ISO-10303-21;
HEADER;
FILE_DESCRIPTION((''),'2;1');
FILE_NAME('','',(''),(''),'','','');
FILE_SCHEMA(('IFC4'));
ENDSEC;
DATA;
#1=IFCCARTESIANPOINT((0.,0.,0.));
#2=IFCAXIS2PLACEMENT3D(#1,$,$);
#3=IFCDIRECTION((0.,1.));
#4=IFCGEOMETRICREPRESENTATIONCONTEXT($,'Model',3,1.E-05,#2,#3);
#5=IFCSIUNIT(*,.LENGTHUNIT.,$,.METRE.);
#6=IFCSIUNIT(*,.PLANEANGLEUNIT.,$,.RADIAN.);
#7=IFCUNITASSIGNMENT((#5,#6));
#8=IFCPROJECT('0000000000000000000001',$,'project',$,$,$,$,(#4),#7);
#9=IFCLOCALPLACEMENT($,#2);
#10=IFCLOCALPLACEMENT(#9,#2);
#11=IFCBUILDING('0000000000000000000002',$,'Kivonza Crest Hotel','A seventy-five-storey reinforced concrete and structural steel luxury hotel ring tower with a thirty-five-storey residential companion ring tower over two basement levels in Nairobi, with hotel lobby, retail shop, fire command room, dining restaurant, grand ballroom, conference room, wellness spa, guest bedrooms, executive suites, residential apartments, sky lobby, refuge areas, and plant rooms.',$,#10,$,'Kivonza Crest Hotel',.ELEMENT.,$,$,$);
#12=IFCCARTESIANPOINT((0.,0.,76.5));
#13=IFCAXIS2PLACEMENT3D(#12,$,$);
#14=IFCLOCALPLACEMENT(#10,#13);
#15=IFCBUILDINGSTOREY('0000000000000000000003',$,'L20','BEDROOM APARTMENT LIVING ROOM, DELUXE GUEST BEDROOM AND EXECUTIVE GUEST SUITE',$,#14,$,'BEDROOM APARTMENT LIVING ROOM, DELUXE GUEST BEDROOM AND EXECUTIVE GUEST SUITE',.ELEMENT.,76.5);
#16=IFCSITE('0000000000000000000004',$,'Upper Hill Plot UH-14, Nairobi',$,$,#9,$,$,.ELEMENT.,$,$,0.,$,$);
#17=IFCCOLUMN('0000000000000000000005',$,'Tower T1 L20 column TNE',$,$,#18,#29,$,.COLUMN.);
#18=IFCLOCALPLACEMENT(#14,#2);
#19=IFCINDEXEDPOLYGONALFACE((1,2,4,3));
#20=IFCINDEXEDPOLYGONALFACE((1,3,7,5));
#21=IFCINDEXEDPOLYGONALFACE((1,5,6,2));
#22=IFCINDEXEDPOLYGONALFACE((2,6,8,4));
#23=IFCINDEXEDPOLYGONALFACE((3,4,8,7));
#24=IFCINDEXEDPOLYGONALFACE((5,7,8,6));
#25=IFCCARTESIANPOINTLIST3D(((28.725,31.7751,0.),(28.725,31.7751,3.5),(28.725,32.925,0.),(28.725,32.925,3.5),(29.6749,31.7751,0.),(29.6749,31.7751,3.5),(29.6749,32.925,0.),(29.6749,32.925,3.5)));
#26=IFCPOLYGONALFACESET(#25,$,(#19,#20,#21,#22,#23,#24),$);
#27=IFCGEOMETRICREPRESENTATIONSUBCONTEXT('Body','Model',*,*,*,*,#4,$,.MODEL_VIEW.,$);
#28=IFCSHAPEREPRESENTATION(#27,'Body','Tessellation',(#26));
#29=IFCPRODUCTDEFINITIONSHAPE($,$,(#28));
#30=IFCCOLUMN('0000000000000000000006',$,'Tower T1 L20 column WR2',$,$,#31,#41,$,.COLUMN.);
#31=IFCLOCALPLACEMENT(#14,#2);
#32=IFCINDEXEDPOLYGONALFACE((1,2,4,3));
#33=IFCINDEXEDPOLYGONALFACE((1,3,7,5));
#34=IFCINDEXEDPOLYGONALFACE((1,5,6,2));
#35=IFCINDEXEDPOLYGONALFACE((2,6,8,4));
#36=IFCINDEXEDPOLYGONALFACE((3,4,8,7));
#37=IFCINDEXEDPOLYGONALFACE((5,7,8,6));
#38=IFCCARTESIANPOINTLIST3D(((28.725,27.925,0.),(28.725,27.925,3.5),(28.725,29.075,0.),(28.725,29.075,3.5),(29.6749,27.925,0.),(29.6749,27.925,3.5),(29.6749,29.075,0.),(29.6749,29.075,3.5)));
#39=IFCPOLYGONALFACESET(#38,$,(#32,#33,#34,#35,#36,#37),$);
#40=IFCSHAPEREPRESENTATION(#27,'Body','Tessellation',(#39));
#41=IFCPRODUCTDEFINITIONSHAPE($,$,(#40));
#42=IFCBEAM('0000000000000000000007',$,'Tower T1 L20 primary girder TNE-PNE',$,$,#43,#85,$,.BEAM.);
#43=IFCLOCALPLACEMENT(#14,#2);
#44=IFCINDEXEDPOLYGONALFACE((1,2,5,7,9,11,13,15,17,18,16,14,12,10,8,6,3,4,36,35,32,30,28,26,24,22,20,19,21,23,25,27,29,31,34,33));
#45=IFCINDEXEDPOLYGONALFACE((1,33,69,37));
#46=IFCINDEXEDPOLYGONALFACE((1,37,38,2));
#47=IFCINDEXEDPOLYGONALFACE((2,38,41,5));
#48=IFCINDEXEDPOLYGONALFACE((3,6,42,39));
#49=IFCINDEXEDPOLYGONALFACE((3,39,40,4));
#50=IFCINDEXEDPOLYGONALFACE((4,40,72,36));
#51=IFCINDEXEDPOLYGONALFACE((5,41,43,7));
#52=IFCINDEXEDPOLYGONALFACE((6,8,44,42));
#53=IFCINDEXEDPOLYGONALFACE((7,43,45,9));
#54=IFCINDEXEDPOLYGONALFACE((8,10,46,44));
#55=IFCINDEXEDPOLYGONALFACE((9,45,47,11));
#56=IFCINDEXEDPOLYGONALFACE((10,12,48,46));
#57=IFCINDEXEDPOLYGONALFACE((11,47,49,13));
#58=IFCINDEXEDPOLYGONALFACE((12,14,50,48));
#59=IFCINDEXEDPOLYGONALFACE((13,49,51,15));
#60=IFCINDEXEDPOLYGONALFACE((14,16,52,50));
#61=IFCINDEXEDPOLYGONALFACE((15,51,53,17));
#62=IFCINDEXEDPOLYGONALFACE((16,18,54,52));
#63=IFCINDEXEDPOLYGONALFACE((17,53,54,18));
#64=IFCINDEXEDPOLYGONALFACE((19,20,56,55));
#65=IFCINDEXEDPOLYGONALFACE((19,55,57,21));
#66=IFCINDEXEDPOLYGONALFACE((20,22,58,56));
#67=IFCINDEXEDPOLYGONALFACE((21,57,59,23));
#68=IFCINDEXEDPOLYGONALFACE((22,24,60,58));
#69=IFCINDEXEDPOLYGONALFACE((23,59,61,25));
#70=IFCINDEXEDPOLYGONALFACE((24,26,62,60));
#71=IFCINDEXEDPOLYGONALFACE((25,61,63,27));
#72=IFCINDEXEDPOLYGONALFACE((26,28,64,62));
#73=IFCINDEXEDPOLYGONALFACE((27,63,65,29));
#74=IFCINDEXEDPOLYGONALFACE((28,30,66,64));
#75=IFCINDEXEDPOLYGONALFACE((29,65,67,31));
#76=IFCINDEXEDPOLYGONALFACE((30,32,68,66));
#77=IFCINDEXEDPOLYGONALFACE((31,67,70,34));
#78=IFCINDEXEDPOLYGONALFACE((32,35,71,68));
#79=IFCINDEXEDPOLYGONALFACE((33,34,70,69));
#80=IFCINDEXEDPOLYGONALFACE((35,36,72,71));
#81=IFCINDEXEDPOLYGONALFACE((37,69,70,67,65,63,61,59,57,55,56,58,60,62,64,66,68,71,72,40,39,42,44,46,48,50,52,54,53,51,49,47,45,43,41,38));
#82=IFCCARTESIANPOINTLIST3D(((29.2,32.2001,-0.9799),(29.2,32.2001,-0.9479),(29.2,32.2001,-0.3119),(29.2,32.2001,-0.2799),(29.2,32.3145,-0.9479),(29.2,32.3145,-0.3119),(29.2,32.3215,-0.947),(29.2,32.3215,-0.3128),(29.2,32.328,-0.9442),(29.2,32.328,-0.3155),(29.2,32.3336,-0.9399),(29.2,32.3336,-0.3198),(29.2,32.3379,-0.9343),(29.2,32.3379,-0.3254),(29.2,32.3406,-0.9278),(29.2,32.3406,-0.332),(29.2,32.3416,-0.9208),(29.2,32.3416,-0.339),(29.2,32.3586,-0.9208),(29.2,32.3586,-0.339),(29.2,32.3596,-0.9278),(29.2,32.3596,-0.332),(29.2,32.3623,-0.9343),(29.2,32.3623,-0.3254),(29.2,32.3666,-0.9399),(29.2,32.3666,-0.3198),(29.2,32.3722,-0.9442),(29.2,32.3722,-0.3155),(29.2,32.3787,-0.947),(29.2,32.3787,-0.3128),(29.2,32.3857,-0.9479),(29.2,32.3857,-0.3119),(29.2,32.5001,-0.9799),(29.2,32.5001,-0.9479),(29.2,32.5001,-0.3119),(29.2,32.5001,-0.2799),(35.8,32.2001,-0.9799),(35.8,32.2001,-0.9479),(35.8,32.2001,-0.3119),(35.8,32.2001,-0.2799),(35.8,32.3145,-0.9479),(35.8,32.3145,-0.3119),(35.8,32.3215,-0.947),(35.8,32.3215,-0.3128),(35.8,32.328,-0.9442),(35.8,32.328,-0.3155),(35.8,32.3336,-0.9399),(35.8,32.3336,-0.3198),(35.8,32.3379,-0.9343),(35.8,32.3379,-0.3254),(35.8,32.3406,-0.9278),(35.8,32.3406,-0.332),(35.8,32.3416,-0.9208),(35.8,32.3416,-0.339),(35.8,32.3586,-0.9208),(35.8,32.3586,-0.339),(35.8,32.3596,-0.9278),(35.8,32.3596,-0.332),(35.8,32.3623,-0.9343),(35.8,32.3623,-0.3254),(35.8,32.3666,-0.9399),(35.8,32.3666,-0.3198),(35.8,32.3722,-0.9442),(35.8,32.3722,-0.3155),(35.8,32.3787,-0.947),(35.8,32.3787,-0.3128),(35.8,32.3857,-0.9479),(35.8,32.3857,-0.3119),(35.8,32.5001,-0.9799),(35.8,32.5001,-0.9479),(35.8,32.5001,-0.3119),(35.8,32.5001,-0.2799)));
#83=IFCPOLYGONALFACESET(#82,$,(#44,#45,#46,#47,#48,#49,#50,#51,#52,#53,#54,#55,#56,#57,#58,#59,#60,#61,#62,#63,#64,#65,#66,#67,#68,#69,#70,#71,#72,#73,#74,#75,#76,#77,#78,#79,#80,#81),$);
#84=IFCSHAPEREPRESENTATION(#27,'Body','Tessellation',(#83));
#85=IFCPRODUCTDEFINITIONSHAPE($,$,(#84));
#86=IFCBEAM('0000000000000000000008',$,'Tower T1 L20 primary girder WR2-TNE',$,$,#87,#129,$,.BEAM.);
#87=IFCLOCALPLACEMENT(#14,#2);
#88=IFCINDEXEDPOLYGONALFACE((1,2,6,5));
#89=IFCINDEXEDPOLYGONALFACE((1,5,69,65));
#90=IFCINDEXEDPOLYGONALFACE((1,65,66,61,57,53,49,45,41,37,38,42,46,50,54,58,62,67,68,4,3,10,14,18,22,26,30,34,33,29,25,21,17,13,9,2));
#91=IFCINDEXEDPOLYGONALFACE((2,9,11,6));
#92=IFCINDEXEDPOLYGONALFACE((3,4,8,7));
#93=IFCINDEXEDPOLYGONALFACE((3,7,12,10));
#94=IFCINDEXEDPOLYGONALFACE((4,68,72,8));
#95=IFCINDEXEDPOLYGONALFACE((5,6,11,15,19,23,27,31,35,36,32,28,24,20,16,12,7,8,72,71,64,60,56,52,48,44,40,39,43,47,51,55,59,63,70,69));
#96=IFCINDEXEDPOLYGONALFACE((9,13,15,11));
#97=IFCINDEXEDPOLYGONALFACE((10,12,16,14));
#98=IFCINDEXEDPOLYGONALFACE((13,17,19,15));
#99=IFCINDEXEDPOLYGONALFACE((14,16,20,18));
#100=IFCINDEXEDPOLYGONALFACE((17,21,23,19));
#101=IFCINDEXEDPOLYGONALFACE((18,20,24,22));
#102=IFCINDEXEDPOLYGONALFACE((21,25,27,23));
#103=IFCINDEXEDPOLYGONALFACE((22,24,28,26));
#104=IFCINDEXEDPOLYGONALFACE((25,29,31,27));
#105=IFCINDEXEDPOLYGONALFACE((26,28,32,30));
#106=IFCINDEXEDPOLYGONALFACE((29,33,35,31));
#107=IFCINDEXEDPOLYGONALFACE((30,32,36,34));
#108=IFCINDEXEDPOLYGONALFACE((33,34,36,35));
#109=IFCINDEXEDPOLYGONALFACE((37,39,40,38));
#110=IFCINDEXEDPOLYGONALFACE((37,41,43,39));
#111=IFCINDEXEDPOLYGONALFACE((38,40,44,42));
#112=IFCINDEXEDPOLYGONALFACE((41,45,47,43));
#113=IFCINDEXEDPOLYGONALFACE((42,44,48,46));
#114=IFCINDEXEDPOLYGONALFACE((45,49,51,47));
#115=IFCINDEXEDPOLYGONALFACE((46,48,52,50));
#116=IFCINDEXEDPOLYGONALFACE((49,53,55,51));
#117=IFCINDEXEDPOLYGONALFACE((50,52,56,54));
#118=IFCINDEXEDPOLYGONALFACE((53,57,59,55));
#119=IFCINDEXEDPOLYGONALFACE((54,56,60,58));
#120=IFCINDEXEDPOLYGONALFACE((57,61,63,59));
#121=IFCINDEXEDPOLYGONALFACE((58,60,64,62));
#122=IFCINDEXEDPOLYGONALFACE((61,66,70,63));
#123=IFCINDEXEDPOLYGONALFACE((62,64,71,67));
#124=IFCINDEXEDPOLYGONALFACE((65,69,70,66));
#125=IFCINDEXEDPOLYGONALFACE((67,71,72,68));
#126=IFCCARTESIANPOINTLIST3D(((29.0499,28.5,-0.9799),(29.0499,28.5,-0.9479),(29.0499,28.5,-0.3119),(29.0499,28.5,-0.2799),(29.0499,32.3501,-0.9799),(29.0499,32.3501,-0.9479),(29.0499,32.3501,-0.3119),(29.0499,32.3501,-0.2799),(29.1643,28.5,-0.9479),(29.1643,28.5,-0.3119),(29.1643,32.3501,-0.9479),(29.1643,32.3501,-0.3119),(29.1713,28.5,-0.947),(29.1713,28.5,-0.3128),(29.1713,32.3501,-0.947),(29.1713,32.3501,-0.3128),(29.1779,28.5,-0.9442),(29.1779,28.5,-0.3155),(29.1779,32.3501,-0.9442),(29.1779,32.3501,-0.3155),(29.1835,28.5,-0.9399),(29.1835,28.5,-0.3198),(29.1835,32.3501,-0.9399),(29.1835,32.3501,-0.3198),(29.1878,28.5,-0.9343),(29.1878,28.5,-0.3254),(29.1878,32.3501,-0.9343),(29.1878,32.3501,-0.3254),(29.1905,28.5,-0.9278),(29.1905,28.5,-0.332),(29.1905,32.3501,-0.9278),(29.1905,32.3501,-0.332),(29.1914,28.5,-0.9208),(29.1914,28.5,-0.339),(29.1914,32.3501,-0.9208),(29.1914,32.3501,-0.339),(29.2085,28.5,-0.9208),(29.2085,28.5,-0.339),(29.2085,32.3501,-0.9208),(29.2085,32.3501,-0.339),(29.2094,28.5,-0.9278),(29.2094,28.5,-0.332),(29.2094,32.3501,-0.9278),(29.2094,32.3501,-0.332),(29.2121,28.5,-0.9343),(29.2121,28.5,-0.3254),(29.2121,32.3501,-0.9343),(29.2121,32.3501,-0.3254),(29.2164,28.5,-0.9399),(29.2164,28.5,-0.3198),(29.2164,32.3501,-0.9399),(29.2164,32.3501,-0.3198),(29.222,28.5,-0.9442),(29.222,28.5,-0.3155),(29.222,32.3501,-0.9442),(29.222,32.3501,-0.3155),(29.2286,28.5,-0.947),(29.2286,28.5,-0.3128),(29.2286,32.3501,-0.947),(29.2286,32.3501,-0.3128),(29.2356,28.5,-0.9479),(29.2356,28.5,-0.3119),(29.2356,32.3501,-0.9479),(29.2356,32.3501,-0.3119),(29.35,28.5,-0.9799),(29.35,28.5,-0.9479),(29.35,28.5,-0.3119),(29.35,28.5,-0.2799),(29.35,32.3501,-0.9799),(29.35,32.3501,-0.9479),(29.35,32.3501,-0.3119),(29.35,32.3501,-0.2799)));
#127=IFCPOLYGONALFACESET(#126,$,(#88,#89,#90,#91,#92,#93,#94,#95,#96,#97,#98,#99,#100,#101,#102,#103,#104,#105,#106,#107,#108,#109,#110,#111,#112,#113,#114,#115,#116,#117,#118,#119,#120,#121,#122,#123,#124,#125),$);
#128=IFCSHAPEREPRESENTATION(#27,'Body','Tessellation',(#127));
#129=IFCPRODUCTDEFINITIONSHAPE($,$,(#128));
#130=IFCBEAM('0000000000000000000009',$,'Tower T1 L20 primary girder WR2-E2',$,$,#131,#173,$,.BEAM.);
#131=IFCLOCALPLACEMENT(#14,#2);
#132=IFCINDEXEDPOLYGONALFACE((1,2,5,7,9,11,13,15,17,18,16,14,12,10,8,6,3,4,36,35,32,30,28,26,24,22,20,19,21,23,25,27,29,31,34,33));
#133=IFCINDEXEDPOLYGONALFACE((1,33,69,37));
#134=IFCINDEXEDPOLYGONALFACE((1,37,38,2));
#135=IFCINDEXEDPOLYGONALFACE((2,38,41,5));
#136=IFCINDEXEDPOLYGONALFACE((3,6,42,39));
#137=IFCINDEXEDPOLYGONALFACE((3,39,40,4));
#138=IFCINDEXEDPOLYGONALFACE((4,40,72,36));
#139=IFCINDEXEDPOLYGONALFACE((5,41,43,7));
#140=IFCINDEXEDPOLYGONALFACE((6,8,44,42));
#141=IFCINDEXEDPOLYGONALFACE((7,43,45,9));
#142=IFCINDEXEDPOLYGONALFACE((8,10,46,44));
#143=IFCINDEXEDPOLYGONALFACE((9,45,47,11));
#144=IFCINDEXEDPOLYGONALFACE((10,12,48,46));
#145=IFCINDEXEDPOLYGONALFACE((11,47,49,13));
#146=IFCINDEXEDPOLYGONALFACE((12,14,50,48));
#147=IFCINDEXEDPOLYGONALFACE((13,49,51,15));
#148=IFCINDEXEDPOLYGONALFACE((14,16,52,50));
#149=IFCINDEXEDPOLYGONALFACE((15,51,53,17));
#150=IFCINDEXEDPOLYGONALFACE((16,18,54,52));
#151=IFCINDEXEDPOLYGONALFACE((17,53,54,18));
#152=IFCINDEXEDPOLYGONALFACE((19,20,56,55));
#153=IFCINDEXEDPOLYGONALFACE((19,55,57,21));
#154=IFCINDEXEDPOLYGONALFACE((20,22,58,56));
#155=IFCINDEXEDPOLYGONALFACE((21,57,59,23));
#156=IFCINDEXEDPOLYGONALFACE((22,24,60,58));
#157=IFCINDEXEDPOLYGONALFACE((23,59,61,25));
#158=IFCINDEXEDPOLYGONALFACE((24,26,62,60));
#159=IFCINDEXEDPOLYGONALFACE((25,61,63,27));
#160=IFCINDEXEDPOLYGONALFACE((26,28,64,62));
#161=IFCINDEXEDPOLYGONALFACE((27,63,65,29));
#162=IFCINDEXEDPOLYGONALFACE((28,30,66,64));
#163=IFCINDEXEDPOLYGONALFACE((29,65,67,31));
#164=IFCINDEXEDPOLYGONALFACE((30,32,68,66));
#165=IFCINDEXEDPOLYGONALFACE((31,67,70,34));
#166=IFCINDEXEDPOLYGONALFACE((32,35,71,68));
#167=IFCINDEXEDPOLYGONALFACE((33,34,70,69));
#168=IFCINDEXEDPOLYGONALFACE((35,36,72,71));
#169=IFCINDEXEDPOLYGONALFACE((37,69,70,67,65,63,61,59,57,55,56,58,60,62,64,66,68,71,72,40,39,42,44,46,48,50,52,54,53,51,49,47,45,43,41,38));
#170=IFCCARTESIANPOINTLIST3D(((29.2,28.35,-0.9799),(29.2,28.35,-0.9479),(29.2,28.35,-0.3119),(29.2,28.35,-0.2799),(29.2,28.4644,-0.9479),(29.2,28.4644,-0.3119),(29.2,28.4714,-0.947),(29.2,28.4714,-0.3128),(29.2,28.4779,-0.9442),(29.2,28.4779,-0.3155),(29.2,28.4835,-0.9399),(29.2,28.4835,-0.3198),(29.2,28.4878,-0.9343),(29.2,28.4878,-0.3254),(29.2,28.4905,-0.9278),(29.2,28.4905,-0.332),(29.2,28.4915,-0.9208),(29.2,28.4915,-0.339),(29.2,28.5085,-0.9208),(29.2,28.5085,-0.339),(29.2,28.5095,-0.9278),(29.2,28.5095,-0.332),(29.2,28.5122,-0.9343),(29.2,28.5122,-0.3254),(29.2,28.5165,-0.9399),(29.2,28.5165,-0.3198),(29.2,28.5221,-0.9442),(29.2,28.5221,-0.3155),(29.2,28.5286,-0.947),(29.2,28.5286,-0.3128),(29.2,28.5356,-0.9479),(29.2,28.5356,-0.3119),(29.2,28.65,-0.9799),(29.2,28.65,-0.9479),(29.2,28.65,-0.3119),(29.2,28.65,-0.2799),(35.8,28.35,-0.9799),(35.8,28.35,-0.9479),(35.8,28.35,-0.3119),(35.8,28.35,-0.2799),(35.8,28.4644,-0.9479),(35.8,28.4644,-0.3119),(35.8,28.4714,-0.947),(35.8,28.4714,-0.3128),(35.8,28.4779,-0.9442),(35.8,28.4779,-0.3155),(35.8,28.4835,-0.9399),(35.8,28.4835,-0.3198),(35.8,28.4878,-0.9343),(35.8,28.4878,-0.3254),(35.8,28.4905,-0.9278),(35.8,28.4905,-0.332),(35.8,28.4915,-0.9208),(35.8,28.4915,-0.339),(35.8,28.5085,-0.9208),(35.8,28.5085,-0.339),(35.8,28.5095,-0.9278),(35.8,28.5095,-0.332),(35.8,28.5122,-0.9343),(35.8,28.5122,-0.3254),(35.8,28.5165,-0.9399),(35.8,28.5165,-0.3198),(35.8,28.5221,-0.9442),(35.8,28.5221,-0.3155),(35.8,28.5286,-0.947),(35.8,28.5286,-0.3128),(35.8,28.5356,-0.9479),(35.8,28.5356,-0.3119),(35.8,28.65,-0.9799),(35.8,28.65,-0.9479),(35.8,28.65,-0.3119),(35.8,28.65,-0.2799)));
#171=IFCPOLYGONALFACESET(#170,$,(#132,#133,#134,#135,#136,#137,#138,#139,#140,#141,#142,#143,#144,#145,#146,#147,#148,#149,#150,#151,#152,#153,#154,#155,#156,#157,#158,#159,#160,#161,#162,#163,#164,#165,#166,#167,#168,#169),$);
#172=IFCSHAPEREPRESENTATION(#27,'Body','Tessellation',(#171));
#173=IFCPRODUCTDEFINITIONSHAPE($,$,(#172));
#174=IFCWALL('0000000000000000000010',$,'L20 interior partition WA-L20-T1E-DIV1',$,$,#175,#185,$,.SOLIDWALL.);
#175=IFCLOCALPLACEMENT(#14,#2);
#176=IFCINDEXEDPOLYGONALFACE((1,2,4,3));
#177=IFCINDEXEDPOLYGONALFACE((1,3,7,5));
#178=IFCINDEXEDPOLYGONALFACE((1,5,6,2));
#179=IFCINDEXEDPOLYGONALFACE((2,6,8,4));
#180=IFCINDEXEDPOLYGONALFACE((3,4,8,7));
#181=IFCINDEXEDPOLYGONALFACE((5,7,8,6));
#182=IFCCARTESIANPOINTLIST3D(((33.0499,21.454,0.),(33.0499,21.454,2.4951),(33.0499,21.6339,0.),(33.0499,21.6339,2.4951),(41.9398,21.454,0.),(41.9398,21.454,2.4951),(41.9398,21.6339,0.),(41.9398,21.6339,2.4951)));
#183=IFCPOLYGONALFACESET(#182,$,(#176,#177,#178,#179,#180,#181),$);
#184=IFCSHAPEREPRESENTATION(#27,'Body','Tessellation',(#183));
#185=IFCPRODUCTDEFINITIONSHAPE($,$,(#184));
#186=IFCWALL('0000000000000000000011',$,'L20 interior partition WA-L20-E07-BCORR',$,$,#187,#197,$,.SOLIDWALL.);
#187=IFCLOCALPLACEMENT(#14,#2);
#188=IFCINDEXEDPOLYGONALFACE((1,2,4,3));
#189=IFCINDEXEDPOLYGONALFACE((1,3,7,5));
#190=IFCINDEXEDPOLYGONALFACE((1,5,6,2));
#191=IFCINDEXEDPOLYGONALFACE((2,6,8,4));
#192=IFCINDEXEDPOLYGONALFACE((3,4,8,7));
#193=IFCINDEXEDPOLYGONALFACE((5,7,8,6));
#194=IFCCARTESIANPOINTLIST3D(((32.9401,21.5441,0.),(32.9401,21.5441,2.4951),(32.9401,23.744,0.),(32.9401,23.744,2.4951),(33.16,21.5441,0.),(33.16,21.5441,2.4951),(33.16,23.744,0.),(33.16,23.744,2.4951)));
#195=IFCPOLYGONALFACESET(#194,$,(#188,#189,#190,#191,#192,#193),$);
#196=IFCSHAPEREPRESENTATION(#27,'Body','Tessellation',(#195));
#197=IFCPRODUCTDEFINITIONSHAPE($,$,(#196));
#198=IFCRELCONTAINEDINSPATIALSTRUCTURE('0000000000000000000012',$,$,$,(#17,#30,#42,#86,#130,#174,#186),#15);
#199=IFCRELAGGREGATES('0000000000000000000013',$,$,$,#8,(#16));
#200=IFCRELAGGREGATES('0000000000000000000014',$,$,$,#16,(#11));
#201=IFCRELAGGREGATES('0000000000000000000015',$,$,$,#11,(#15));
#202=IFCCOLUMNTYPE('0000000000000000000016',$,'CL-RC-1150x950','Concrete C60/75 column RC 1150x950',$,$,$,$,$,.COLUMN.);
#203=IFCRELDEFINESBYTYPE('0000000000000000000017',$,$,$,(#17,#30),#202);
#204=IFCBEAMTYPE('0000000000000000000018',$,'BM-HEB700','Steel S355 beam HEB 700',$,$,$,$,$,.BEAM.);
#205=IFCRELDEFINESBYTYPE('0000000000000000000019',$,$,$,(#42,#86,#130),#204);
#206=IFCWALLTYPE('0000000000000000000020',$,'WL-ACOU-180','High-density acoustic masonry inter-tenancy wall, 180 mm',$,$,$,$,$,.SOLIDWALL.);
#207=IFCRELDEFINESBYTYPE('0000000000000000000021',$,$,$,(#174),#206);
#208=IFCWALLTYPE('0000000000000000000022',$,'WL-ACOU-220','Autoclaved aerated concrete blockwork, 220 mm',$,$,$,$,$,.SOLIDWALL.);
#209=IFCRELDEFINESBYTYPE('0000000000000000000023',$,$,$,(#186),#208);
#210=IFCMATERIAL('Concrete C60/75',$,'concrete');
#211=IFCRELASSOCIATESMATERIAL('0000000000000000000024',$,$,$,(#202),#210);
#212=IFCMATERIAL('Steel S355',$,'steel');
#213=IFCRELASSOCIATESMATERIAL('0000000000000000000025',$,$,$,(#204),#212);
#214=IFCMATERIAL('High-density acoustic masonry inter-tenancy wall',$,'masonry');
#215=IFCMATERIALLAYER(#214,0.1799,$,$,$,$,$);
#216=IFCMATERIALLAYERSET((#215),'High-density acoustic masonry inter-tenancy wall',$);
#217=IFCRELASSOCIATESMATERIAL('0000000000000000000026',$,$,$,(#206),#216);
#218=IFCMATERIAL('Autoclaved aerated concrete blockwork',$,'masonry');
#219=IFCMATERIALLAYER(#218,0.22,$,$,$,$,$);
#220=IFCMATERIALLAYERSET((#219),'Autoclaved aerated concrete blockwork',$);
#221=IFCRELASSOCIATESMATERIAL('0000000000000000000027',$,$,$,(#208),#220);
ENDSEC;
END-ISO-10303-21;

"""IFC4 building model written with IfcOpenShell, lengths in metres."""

from ifc_helpers import new_model, si_unit, direction, frame, frame_2d, origin, origin_2d, place, context, subcontext, project, spatial, rectangle, i_section, extrude, material, layer, layer_set, material_profile, profile_set, type_object, element, save


model = new_model("IFC4")

# Units and contexts
model_context = context("Model", 3, precision=1e-05, world=origin(), true_north=direction((0.0, 1.0)))
body_context = subcontext(model_context, "Body", "Model", "MODEL_VIEW")
ifc_project = project(units=[si_unit("LENGTHUNIT", "METRE"), si_unit("PLANEANGLEUNIT", "RADIAN")], contexts=[model_context])

# Site, building, storey
site_placement = place(None, origin())
site = spatial("IfcSite", under=ifc_project, at=site_placement, Name="Upper Hill Plot UH-14, Nairobi", CompositionType="ELEMENT", RefElevation=0.0)
building_placement = place(site_placement, origin())
building = spatial("IfcBuilding", under=site, at=building_placement, Name="Kivonza Crest Hotel", Description="A seventy-five-storey reinforced concrete and structural steel luxury hotel ring tower with a thirty-five-storey residential companion ring tower over two basement levels in Nairobi, with hotel lobby, retail shop, fire command room, dining restaurant, grand ballroom, conference room, wellness spa, guest bedrooms, executive suites, residential apartments, sky lobby, refuge areas, and plant rooms.", LongName="Kivonza Crest Hotel", CompositionType="ELEMENT")
storey_placement = place(building_placement, frame((0.0, 0.0, 76.5)))
storey = spatial("IfcBuildingStorey", under=building, at=storey_placement, Name="L20", Description="BEDROOM APARTMENT LIVING ROOM, DELUXE GUEST BEDROOM AND EXECUTIVE GUEST SUITE", LongName="BEDROOM APARTMENT LIVING ROOM, DELUXE GUEST BEDROOM AND EXECUTIVE GUEST SUITE", CompositionType="ELEMENT", Elevation=76.5)

# Columns
ifc_material_1 = material(Name="Concrete C60/75", Category="concrete")
ifc_material_profile_1 = material_profile(ifc_material_1, rectangle(XDim=0.95, YDim=1.1499, at=origin_2d()), Name="RC 1150x950")
ifc_profile_set_1 = profile_set([ifc_material_profile_1], Name="Concrete C60/75")
column_type = type_object("IfcColumnType", Name="CL-RC-1150x950", Description="Concrete C60/75 column RC 1150x950", PredefinedType="COLUMN", material=ifc_profile_set_1)
for number, where, z_axis, x_axis, name in (
    (1, (29.2, 32.3501, 0.0), (0.0, 0.0, 1.0), (1.0, 0.0, 0.0), "Tower T1 L20 column TNE"),
    (2, (29.2, 28.5, 0.0), (0.0, 0.0, 1.0), (1.0, 0.0, 0.0), "Tower T1 L20 column WR2"),
):
    element("IfcColumn", number, at=place(storey_placement, frame(where, z_axis=z_axis, x_axis=x_axis)), inside=storey, type_object=column_type, Name=name, PredefinedType="COLUMN", context=body_context, shape_type="SweptSolid", body=[
        extrude(rectangle(XDim=0.95, YDim=1.1499, at=origin_2d()), origin(), (0.0, 0.0, 1.0), 3.5),
    ])

# Beams
ifc_material_2 = material(Name="Steel S355", Category="steel")
ifc_material_profile_2 = material_profile(ifc_material_2, i_section(OverallWidth=0.3, OverallDepth=0.7, WebThickness=0.0171, FlangeThickness=0.032, FilletRadius=0.0271, at=origin_2d()), Name="HEB 700")
ifc_profile_set_2 = profile_set([ifc_material_profile_2], Name="Steel S355")
beam_type = type_object("IfcBeamType", Name="BM-HEB700", Description="Steel S355 beam HEB 700", PredefinedType="BEAM", material=ifc_profile_set_2)
beam_1_placement = place(storey_placement, frame((29.2, 32.3501, -0.6299), z_axis=(1.0, 0.0, 0.0), x_axis=(0.0, 1.0, 0.0)))
element("IfcBeam", 3, at=beam_1_placement, inside=storey, type_object=beam_type, Name="Tower T1 L20 primary girder TNE-PNE", PredefinedType="BEAM", context=body_context, shape_type="SweptSolid", body=[
    extrude(i_section(OverallWidth=0.3, OverallDepth=0.7, WebThickness=0.0171, FlangeThickness=0.032, FilletRadius=0.0271, at=origin_2d()), origin(), (0.0, 0.0, 1.0), 6.6001),
])
beam_2_placement = place(storey_placement, frame((29.2, 28.5, -0.6299), z_axis=(0.0, 1.0, 0.0), x_axis=(-1.0, 0.0, 0.0)))
element("IfcBeam", 4, at=beam_2_placement, inside=storey, type_object=beam_type, Name="Tower T1 L20 primary girder WR2-TNE", PredefinedType="BEAM", context=body_context, shape_type="SweptSolid", body=[
    extrude(i_section(OverallWidth=0.3, OverallDepth=0.7, WebThickness=0.0171, FlangeThickness=0.032, FilletRadius=0.0271, at=origin_2d()), origin(), (0.0, 0.0, 1.0), 3.8501),
])
beam_3_placement = place(storey_placement, frame((29.2, 28.5, -0.6299), z_axis=(1.0, 0.0, 0.0), x_axis=(0.0, 1.0, 0.0)))
element("IfcBeam", 5, at=beam_3_placement, inside=storey, type_object=beam_type, Name="Tower T1 L20 primary girder WR2-E2", PredefinedType="BEAM", context=body_context, shape_type="SweptSolid", body=[
    extrude(i_section(OverallWidth=0.3, OverallDepth=0.7, WebThickness=0.0171, FlangeThickness=0.032, FilletRadius=0.0271, at=origin_2d()), origin(), (0.0, 0.0, 1.0), 6.6001),
])

# Walls
ifc_material_3 = material(Name="High-density acoustic masonry inter-tenancy wall", Category="masonry")
ifc_layer_1 = layer(ifc_material_3, 0.1799)
ifc_layer_set_1 = layer_set([ifc_layer_1], Name="High-density acoustic masonry inter-tenancy wall")
wall_type_1 = type_object("IfcWallType", Name="WL-ACOU-180", Description="High-density acoustic masonry inter-tenancy wall, 180 mm", PredefinedType="SOLIDWALL", material=ifc_layer_set_1)
wall_1_placement = place(storey_placement, frame((33.05, 21.5439, 0.0), z_axis=(0.0, 0.0, 1.0), x_axis=(1.0, 0.0, 0.0)))
element("IfcWall", 6, at=wall_1_placement, inside=storey, type_object=wall_type_1, Name="L20 interior partition WA-L20-T1E-DIV1", PredefinedType="SOLIDWALL", context=body_context, shape_type="SweptSolid", body=[
    extrude(rectangle(XDim=8.8899, YDim=0.1799, at=frame_2d((4.4448, 0.0))), origin(), (0.0, 0.0, 1.0), 2.4951),
])
ifc_material_4 = material(Name="Autoclaved aerated concrete blockwork", Category="masonry")
ifc_layer_2 = layer(ifc_material_4, 0.22)
ifc_layer_set_2 = layer_set([ifc_layer_2], Name="Autoclaved aerated concrete blockwork")
wall_type_2 = type_object("IfcWallType", Name="WL-ACOU-220", Description="Autoclaved aerated concrete blockwork, 220 mm", PredefinedType="SOLIDWALL", material=ifc_layer_set_2)
wall_2_placement = place(storey_placement, frame((33.05, 21.5439, 0.0), z_axis=(0.0, 0.0, 1.0), x_axis=(0.0, 1.0, 0.0)))
element("IfcWall", 7, at=wall_2_placement, inside=storey, type_object=wall_type_2, Name="L20 interior partition WA-L20-E07-BCORR", PredefinedType="SOLIDWALL", context=body_context, shape_type="SweptSolid", body=[
    extrude(rectangle(XDim=2.2, YDim=0.22, at=frame_2d((1.1001, 0.0))), origin(), (0.0, 0.0, 1.0), 2.4951),
])

save(model, "model.ifc")
